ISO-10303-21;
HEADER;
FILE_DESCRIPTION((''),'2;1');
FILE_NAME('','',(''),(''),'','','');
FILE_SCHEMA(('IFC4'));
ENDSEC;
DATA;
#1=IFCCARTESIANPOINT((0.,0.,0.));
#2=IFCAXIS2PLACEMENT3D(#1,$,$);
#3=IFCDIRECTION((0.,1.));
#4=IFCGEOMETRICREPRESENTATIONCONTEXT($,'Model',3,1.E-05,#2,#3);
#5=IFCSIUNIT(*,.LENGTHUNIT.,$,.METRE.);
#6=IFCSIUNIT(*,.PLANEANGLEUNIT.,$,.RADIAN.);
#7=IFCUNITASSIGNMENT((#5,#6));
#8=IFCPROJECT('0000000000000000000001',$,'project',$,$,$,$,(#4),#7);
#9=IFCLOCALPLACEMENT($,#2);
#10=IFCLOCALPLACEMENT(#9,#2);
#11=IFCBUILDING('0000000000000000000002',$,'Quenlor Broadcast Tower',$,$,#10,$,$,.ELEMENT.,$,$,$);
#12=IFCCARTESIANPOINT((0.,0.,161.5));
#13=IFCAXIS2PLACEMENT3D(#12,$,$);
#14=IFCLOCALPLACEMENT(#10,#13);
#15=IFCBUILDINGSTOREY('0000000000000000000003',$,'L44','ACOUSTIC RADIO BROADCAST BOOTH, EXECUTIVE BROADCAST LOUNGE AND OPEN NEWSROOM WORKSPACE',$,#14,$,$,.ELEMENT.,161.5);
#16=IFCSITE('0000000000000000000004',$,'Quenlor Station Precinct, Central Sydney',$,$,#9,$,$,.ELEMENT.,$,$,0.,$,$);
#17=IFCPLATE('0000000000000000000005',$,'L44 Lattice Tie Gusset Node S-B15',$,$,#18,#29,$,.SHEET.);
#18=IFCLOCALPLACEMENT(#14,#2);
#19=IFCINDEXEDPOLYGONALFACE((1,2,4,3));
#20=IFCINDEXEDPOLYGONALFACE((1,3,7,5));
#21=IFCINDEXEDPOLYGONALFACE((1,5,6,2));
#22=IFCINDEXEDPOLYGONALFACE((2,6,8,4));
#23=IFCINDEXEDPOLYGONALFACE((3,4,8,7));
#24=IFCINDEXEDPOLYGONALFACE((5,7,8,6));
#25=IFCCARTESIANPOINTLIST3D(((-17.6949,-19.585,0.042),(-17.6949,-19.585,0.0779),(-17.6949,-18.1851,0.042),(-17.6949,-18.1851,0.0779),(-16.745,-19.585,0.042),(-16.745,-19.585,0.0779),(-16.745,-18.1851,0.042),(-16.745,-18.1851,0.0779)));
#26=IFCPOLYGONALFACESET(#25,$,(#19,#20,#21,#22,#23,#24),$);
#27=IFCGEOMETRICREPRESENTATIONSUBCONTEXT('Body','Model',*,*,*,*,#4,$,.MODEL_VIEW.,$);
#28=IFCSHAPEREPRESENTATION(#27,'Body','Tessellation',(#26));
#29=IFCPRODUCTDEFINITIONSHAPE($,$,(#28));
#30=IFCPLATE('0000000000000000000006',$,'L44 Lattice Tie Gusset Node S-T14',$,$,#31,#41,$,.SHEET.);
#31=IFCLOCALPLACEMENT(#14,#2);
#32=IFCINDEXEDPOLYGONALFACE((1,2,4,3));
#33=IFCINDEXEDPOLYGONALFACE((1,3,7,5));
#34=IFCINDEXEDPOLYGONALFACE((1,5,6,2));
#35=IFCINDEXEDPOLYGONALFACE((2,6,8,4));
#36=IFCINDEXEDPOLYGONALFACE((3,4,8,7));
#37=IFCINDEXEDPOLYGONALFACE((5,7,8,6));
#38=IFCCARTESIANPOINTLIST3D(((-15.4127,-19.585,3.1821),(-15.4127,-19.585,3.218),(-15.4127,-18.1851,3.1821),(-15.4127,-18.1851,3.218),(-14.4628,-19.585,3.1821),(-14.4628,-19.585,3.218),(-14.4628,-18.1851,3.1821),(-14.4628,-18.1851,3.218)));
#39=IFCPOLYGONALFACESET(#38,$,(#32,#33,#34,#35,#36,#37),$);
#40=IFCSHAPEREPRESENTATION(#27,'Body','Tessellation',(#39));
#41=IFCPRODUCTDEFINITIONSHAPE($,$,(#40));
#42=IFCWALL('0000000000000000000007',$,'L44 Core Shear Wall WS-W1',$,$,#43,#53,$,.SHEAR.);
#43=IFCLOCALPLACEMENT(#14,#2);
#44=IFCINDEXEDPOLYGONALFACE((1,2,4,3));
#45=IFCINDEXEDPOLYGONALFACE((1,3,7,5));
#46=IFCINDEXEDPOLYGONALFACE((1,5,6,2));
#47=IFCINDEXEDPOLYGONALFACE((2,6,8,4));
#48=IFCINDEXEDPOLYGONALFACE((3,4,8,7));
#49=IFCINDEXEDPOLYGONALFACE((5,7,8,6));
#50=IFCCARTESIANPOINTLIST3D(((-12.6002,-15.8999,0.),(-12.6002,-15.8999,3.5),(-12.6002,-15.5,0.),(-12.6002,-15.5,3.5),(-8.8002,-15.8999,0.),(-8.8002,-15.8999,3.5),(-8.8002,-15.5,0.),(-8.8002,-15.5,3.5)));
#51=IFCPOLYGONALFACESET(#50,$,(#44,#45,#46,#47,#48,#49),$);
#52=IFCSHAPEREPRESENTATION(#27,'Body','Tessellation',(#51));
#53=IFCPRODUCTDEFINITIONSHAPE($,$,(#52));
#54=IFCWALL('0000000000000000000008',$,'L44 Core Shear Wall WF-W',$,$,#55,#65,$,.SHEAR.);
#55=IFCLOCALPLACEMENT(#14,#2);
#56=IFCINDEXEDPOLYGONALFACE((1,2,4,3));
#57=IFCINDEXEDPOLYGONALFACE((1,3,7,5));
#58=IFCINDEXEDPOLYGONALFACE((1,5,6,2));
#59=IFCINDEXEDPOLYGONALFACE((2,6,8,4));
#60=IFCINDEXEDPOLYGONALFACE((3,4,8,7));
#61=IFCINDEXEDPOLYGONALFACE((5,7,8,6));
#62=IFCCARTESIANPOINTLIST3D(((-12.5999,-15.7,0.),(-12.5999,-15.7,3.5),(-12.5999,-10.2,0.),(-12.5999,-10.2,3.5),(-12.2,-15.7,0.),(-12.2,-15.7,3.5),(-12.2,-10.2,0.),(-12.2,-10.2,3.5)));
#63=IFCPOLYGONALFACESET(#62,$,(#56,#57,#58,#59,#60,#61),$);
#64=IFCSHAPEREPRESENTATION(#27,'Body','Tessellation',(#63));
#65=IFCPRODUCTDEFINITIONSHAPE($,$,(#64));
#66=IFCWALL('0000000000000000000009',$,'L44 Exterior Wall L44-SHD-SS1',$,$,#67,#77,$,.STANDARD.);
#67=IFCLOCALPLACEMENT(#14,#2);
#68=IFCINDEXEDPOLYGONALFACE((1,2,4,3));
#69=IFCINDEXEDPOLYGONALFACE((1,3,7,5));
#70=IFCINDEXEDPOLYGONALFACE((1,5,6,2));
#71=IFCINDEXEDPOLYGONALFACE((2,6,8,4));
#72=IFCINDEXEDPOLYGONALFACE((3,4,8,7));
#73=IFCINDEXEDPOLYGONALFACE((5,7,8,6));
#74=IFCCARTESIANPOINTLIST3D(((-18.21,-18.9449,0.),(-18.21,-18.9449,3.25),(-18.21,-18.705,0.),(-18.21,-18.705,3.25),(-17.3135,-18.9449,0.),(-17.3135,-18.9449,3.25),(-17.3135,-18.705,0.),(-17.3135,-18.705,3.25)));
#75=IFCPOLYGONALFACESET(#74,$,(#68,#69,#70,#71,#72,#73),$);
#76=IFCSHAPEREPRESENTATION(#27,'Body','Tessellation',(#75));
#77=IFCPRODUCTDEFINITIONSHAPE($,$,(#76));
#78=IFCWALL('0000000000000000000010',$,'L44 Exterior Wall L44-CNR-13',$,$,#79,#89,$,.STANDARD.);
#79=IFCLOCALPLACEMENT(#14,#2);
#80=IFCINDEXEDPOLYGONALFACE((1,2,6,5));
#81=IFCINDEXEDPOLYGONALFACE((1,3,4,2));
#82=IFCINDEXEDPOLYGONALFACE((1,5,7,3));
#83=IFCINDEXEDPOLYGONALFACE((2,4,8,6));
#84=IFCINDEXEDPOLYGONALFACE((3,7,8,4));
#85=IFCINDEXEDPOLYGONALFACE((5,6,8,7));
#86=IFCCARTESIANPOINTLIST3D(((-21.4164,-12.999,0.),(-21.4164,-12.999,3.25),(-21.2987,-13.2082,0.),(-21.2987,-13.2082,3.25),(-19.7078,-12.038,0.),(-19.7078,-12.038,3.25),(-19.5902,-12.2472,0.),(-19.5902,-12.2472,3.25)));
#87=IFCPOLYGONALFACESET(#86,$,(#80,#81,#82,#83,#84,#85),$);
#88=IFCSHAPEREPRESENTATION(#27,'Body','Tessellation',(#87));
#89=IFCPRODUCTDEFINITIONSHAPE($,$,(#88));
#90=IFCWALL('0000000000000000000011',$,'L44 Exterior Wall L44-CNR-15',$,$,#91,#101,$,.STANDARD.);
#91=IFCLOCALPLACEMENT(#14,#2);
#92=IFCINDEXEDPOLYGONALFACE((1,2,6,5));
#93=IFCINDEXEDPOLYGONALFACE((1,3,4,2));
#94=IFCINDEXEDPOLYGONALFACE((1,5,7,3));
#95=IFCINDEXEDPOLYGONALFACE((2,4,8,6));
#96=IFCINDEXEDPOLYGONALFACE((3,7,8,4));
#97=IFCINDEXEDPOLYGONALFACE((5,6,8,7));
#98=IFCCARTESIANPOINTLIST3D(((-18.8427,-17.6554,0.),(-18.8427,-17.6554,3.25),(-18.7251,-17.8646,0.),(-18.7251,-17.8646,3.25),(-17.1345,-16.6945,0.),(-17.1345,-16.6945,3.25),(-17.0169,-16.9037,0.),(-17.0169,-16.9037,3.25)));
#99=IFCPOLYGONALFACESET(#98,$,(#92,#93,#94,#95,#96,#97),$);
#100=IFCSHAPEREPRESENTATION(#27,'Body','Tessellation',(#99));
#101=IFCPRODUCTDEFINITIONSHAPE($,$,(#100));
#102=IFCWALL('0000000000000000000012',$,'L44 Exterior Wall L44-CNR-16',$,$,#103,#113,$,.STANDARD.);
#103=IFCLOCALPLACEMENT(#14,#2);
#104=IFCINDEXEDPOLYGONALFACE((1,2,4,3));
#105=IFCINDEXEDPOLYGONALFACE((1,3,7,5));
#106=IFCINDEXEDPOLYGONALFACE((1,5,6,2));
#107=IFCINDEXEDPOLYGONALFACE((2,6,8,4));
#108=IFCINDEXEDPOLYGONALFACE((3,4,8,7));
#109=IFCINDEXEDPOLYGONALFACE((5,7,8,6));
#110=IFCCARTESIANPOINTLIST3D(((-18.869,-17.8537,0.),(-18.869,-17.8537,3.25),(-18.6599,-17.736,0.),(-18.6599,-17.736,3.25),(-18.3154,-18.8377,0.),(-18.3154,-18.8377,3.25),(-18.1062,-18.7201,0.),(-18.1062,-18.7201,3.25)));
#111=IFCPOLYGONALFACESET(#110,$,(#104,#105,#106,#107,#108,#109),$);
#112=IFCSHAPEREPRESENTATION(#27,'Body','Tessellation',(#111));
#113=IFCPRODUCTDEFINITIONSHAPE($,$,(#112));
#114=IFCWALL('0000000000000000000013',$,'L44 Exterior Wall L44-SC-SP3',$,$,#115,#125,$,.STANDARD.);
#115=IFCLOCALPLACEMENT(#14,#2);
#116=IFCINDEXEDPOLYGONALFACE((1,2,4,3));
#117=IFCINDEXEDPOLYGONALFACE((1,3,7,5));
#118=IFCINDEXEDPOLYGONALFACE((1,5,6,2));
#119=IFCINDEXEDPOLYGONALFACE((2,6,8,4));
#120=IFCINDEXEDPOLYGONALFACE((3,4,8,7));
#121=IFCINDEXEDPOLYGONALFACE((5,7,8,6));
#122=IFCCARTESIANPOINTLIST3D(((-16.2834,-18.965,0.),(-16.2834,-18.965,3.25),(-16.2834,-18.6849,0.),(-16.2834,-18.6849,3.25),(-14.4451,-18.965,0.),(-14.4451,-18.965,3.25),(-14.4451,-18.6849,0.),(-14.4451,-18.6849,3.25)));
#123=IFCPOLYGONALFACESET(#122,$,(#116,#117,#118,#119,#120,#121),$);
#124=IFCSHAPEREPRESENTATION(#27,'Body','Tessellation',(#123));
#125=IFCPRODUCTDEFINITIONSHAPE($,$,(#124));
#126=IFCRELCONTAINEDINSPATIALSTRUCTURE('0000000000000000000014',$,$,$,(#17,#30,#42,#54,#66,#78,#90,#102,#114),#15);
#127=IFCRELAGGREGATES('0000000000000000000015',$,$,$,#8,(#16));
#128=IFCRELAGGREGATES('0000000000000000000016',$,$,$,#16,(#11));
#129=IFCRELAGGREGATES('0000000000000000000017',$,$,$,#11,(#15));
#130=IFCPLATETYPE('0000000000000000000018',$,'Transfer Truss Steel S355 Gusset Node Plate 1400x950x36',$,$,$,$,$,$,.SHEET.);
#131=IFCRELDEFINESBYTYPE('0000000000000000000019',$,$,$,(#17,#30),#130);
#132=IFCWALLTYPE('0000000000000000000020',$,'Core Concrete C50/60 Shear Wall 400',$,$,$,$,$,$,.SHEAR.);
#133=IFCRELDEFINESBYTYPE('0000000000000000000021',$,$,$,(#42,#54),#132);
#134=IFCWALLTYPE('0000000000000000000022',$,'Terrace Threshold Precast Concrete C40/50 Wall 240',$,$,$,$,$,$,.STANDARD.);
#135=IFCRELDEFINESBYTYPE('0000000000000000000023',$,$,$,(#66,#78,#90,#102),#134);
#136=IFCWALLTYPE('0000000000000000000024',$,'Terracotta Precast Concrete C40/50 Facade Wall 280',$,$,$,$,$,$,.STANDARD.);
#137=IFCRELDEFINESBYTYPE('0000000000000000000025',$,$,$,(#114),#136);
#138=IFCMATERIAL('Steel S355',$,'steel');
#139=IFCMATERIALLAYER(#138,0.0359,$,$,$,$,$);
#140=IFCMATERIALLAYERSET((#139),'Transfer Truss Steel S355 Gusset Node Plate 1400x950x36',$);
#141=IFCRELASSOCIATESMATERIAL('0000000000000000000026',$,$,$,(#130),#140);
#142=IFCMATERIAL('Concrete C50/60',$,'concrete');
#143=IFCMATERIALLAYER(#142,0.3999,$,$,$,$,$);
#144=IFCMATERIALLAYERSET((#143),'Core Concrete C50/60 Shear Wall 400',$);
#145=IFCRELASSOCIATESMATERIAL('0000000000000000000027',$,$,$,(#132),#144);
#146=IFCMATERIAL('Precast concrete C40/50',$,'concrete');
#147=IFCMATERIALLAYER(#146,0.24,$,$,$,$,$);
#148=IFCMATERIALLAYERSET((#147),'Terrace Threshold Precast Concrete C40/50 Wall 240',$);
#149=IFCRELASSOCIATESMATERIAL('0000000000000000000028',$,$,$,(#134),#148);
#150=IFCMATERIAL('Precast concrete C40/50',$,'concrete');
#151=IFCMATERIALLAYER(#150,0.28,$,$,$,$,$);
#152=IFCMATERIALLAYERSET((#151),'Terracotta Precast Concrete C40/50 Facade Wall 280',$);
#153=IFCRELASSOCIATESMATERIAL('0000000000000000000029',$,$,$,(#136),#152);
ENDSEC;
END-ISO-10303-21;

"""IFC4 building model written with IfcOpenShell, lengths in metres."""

from ifc_helpers import new_model, si_unit, direction, frame, frame_2d, origin, origin_2d, place, context, subcontext, project, spatial, rectangle, extrude, material, layer, layer_set, type_object, element, save


model = new_model("IFC4")

# Units and contexts
model_context = context("Model", 3, precision=1e-05, world=origin(), true_north=direction((0.0, 1.0)))
body_context = subcontext(model_context, "Body", "Model", "MODEL_VIEW")
ifc_project = project(units=[si_unit("LENGTHUNIT", "METRE"), si_unit("PLANEANGLEUNIT", "RADIAN")], contexts=[model_context])

# Site, building, storey
site_placement = place(None, origin())
site = spatial("IfcSite", under=ifc_project, at=site_placement, Name="Quenlor Station Precinct, Central Sydney", CompositionType="ELEMENT", RefElevation=0.0)
building_placement = place(site_placement, origin())
building = spatial("IfcBuilding", under=site, at=building_placement, Name="Quenlor Broadcast Tower", CompositionType="ELEMENT")
storey_placement = place(building_placement, frame((0.0, 0.0, 161.5)))
storey = spatial("IfcBuildingStorey", under=building, at=storey_placement, Name="L44", Description="ACOUSTIC RADIO BROADCAST BOOTH, EXECUTIVE BROADCAST LOUNGE AND OPEN NEWSROOM WORKSPACE", CompositionType="ELEMENT", Elevation=161.5)

# Plates
ifc_material_1 = material(Name="Steel S355", Category="steel")
ifc_layer_1 = layer(ifc_material_1, 0.0359)
ifc_layer_set_1 = layer_set([ifc_layer_1], Name="Transfer Truss Steel S355 Gusset Node Plate 1400x950x36")
plate_type_1 = type_object("IfcPlateType", Name="Transfer Truss Steel S355 Gusset Node Plate 1400x950x36", PredefinedType="SHEET", material=ifc_layer_set_1)
for number, where, z_axis, x_axis, name in (
    (1, (-17.22, -18.885, 0.042), (0.0, 0.0, 1.0), (0.0, -1.0, 0.0), "L44 Lattice Tie Gusset Node S-B15"),
    (2, (-14.9377, -18.885, 3.1821), (0.0, 0.0, 1.0), (0.0, -1.0, 0.0), "L44 Lattice Tie Gusset Node S-T14"),
):
    element("IfcPlate", number, at=place(storey_placement, frame(where, z_axis=z_axis, x_axis=x_axis)), inside=storey, type_object=plate_type_1, Name=name, PredefinedType="SHEET", context=body_context, shape_type="SweptSolid", body=[
        extrude(rectangle(XDim=1.3999, YDim=0.95, at=origin_2d()), origin(), (0.0, 0.0, 1.0), 0.0359),
    ])

# Walls
ifc_material_2 = material(Name="Concrete C50/60", Category="concrete")
ifc_layer_2 = layer(ifc_material_2, 0.3999)
ifc_layer_set_2 = layer_set([ifc_layer_2], Name="Core Concrete C50/60 Shear Wall 400")
wall_type_1 = type_object("IfcWallType", Name="Core Concrete C50/60 Shear Wall 400", PredefinedType="SHEAR", material=ifc_layer_set_2)
wall_1_placement = place(storey_placement, frame((-12.6001, -15.7, 0.0), z_axis=(0.0, 0.0, 1.0), x_axis=(1.0, 0.0, 0.0)))
element("IfcWall", 3, at=wall_1_placement, inside=storey, type_object=wall_type_1, Name="L44 Core Shear Wall WS-W1", PredefinedType="SHEAR", context=body_context, shape_type="SweptSolid", body=[
    extrude(rectangle(XDim=3.8, YDim=0.3999, at=frame_2d((1.8999, 0.0))), origin(), (0.0, 0.0, 1.0), 3.5),
])
wall_2_placement = place(storey_placement, frame((-12.3999, -15.7, 0.0), z_axis=(0.0, 0.0, 1.0), x_axis=(0.0, 1.0, 0.0)))
element("IfcWall", 4, at=wall_2_placement, inside=storey, type_object=wall_type_1, Name="L44 Core Shear Wall WF-W", PredefinedType="SHEAR", context=body_context, shape_type="SweptSolid", body=[
    extrude(rectangle(XDim=5.5, YDim=0.3999, at=frame_2d((2.75, 0.0))), origin(), (0.0, 0.0, 1.0), 3.5),
])
ifc_material_3 = material(Name="Precast concrete C40/50", Category="concrete")
ifc_layer_3 = layer(ifc_material_3, 0.24)
ifc_layer_set_3 = layer_set([ifc_layer_3], Name="Terrace Threshold Precast Concrete C40/50 Wall 240")
wall_type_2 = type_object("IfcWallType", Name="Terrace Threshold Precast Concrete C40/50 Wall 240", PredefinedType="STANDARD", material=ifc_layer_set_3)
wall_3_placement = place(storey_placement, frame((-17.3135, -18.825, 0.0), z_axis=(0.0, 0.0, 1.0), x_axis=(-1.0, 0.0, 0.0)))
element("IfcWall", 5, at=wall_3_placement, inside=storey, type_object=wall_type_2, Name="L44 Exterior Wall L44-SHD-SS1", PredefinedType="STANDARD", context=body_context, shape_type="SweptSolid", body=[
    extrude(rectangle(XDim=0.8965, YDim=0.24, at=frame_2d((0.4482, 0.0))), origin(), (0.0, 0.0, 1.0), 3.25),
])
wall_4_placement = place(storey_placement, frame((-21.3574, -13.1035, 0.0), z_axis=(0.0, 0.0, 1.0), x_axis=(0.871595, 0.490226, 0.0)))
element("IfcWall", 6, at=wall_4_placement, inside=storey, type_object=wall_type_2, Name="L44 Exterior Wall L44-CNR-13", PredefinedType="STANDARD", context=body_context, shape_type="SweptSolid", body=[
    extrude(rectangle(XDim=1.9602, YDim=0.24, at=frame_2d((0.98, 0.0))), origin(), (0.0, 0.0, 1.0), 3.25),
])
wall_5_placement = place(storey_placement, frame((-17.0757, -16.7991, 0.0), z_axis=(0.0, 0.0, 1.0), x_axis=(-0.871566, -0.490279, 0.0)))
element("IfcWall", 7, at=wall_5_placement, inside=storey, type_object=wall_type_2, Name="L44 Exterior Wall L44-CNR-15", PredefinedType="STANDARD", context=body_context, shape_type="SweptSolid", body=[
    extrude(rectangle(XDim=1.96, YDim=0.24, at=frame_2d((0.98, 0.0))), origin(), (0.0, 0.0, 1.0), 3.25),
])
wall_6_placement = place(storey_placement, frame((-18.7644, -17.7949, 0.0), z_axis=(0.0, 0.0, 1.0), x_axis=(0.490354, -0.871524, 0.0)))
element("IfcWall", 8, at=wall_6_placement, inside=storey, type_object=wall_type_2, Name="L44 Exterior Wall L44-CNR-16", PredefinedType="STANDARD", context=body_context, shape_type="SweptSolid", body=[
    extrude(rectangle(XDim=1.1292, YDim=0.24, at=frame_2d((0.5645, 0.0))), origin(), (0.0, 0.0, 1.0), 3.25),
])
ifc_material_4 = material(Name="Precast concrete C40/50", Category="concrete")
ifc_layer_4 = layer(ifc_material_4, 0.28)
ifc_layer_set_4 = layer_set([ifc_layer_4], Name="Terracotta Precast Concrete C40/50 Facade Wall 280")
wall_type_3 = type_object("IfcWallType", Name="Terracotta Precast Concrete C40/50 Facade Wall 280", PredefinedType="STANDARD", material=ifc_layer_set_4)
wall_7_placement = place(storey_placement, frame((-14.4451, -18.825, 0.0), z_axis=(0.0, 0.0, 1.0), x_axis=(-1.0, 0.0, 0.0)))
element("IfcWall", 9, at=wall_7_placement, inside=storey, type_object=wall_type_3, Name="L44 Exterior Wall L44-SC-SP3", PredefinedType="STANDARD", context=body_context, shape_type="SweptSolid", body=[
    extrude(rectangle(XDim=1.8384, YDim=0.28, at=frame_2d((0.9192, 0.0))), origin(), (0.0, 0.0, 1.0), 3.25),
])

save(model, "model.ifc")
